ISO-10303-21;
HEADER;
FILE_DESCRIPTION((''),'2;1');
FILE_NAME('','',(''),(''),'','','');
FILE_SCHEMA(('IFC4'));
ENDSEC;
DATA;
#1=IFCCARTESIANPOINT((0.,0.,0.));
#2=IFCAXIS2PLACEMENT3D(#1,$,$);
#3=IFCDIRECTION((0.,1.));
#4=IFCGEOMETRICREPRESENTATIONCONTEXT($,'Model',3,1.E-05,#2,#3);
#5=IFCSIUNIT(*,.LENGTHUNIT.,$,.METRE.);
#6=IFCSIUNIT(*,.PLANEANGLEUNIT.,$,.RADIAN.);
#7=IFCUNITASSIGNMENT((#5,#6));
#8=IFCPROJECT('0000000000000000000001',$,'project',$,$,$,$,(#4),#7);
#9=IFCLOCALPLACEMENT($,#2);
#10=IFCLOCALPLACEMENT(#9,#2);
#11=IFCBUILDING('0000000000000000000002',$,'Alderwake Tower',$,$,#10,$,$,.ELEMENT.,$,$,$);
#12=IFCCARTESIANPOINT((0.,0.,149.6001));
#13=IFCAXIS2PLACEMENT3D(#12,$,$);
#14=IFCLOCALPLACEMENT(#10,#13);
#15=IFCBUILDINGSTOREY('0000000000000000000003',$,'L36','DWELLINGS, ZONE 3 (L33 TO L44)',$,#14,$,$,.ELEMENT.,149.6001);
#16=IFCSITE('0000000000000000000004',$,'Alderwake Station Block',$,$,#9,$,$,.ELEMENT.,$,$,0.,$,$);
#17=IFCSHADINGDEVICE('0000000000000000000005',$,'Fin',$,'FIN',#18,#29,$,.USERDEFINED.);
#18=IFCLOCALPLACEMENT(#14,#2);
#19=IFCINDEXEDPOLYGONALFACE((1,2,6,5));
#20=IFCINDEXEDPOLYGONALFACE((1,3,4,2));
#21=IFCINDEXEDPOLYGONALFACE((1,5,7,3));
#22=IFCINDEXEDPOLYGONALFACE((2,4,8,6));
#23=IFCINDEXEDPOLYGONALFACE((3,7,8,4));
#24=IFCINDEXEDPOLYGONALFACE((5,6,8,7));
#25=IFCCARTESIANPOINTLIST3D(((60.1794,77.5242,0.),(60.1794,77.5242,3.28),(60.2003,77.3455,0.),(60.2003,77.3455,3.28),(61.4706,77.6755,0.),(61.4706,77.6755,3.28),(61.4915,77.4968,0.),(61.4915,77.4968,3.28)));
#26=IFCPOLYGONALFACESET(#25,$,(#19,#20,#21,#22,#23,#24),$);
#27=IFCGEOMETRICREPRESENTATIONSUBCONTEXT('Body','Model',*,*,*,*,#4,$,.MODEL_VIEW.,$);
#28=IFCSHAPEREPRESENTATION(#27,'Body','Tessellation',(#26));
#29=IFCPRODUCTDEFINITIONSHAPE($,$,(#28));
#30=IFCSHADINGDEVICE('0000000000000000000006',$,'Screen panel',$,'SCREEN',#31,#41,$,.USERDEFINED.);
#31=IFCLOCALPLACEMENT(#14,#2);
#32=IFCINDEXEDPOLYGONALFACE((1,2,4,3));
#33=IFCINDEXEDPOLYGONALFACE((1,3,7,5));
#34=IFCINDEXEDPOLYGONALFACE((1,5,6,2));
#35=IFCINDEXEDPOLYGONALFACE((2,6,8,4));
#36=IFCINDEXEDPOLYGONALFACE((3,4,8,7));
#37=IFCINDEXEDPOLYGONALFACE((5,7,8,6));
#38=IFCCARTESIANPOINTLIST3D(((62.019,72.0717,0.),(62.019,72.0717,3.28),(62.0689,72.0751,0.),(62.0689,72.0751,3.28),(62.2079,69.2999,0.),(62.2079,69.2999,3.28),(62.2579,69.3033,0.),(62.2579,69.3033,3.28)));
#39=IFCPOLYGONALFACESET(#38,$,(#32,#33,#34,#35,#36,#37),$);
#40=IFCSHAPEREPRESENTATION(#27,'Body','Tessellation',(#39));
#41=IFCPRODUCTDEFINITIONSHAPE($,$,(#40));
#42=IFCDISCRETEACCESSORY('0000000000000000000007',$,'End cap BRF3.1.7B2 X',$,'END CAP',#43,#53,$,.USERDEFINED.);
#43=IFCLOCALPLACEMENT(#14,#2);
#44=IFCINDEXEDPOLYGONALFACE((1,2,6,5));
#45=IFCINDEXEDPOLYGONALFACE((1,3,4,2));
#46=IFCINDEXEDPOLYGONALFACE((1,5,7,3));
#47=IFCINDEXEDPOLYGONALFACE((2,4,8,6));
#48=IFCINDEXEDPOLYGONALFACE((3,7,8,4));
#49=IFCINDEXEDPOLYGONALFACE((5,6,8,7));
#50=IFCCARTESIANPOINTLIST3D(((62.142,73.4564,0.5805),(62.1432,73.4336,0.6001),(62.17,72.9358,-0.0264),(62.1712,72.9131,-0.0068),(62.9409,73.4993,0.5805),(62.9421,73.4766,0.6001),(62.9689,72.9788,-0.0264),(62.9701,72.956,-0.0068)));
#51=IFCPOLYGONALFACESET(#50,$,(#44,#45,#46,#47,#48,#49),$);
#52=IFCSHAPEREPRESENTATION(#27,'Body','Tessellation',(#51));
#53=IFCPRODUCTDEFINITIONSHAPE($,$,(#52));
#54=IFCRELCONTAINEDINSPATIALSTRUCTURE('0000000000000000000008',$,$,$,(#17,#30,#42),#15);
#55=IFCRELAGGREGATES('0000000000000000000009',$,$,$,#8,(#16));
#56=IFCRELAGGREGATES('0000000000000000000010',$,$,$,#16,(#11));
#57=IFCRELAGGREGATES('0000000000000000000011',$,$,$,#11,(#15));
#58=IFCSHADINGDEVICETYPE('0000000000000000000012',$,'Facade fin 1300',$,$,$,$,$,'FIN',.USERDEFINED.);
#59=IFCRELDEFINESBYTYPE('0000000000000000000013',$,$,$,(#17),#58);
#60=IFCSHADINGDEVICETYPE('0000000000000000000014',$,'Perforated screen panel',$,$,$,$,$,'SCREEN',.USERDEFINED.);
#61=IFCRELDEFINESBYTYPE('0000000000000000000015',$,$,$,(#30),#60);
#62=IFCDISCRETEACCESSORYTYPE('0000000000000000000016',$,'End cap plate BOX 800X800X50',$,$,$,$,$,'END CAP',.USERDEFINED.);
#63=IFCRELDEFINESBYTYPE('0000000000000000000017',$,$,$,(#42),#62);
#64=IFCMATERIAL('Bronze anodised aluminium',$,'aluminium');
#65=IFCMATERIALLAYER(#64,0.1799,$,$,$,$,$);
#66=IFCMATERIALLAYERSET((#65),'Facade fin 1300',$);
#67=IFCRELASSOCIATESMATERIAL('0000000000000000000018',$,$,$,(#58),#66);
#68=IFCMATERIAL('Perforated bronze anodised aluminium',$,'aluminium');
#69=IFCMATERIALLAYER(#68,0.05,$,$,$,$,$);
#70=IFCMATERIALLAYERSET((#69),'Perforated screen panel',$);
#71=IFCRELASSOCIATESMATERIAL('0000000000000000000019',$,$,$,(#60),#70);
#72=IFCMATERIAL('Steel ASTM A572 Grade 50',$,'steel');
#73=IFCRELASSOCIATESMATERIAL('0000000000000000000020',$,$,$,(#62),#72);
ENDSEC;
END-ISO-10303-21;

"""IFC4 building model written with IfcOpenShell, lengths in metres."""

from ifc_helpers import new_model, si_unit, direction, frame, origin, origin_2d, place, context, subcontext, project, spatial, rectangle, extrude, material, layer, layer_set, material_profile, profile_set, type_object, element, save


model = new_model("IFC4")

# Units and contexts
model_context = context("Model", 3, precision=1e-05, world=origin(), true_north=direction((0.0, 1.0)))
body_context = subcontext(model_context, "Body", "Model", "MODEL_VIEW")
ifc_project = project(units=[si_unit("LENGTHUNIT", "METRE"), si_unit("PLANEANGLEUNIT", "RADIAN")], contexts=[model_context])

# Site, building, storey
site_placement = place(None, origin())
site = spatial("IfcSite", under=ifc_project, at=site_placement, Name="Alderwake Station Block", CompositionType="ELEMENT", RefElevation=0.0)
building_placement = place(site_placement, origin())
building = spatial("IfcBuilding", under=site, at=building_placement, Name="Alderwake Tower", CompositionType="ELEMENT")
storey_placement = place(building_placement, frame((0.0, 0.0, 149.6001)))
storey = spatial("IfcBuildingStorey", under=building, at=storey_placement, Name="L36", Description="DWELLINGS, ZONE 3 (L33 TO L44)", CompositionType="ELEMENT", Elevation=149.6001)

# Shading devices
ifc_material_1 = material(Name="Bronze anodised aluminium", Category="aluminium")
ifc_layer_1 = layer(ifc_material_1, 0.1799)
ifc_layer_set_1 = layer_set([ifc_layer_1], Name="Facade fin 1300")
shading_device_type_1 = type_object("IfcShadingDeviceType", Name="Facade fin 1300", ElementType="FIN", PredefinedType="USERDEFINED", material=ifc_layer_set_1)
for number, where, z_axis, x_axis, name in (
    (1, (60.8354, 77.5105, 0.0), (0.0, 0.0, 1.0), (0.993198, 0.116435, 0.0), "Fin"),
):
    element("IfcShadingDevice", number, at=place(storey_placement, frame(where, z_axis=z_axis, x_axis=x_axis)), inside=storey, type_object=shading_device_type_1, Name=name, ObjectType="FIN", PredefinedType="USERDEFINED", context=body_context, shape_type="SweptSolid", body=[
        extrude(rectangle(XDim=1.3, YDim=0.1799, at=origin_2d()), origin(), (0.0, 0.0, 1.0), 3.28),
    ])
ifc_material_2 = material(Name="Perforated bronze anodised aluminium", Category="aluminium")
ifc_layer_2 = layer(ifc_material_2, 0.05)
ifc_layer_set_2 = layer_set([ifc_layer_2], Name="Perforated screen panel")
shading_device_type_2 = type_object("IfcShadingDeviceType", Name="Perforated screen panel", ElementType="SCREEN", PredefinedType="USERDEFINED", material=ifc_layer_set_2)
shading_device_placement = place(storey_placement, frame((62.1384, 70.6875, 0.0), z_axis=(0.0, 0.0, 1.0), x_axis=(0.997685, 0.067998, 0.0)))
element("IfcShadingDevice", 2, at=shading_device_placement, inside=storey, type_object=shading_device_type_2, Name="Screen panel", ObjectType="SCREEN", PredefinedType="USERDEFINED", context=body_context, shape_type="SweptSolid", body=[
    extrude(rectangle(XDim=0.05, YDim=2.7783, at=origin_2d()), origin(), (0.0, 0.0, 1.0), 3.28),
])

# Discrete accessory
ifc_material_3 = material(Name="Steel ASTM A572 Grade 50", Category="steel")
ifc_material_profile_1 = material_profile(ifc_material_3, rectangle(XDim=0.8, YDim=0.8, at=origin_2d()), Name="BOX 800X800X50 cap")
ifc_profile_set_1 = profile_set([ifc_material_profile_1], Name="Steel ASTM A572 Grade 50")
discrete_accessory_type = type_object("IfcDiscreteAccessoryType", Name="End cap plate BOX 800X800X50", ElementType="END CAP", PredefinedType="USERDEFINED", material=ifc_profile_set_1)
discrete_accessory_placement = place(storey_placement, frame((62.5566, 73.1948, 0.2966), z_axis=(-0.040724, 0.757476, -0.651592), x_axis=(-0.998558, -0.053686, 0.0)))
element("IfcDiscreteAccessory", 3, at=discrete_accessory_placement, inside=storey, type_object=discrete_accessory_type, Name="End cap BRF3.1.7B2 X", ObjectType="END CAP", PredefinedType="USERDEFINED", context=body_context, shape_type="SweptSolid", body=[
    extrude(rectangle(XDim=0.8, YDim=0.8, at=origin_2d()), origin(), (0.0, 0.0, 1.0), 0.03),
])

save(model, "model.ifc")
